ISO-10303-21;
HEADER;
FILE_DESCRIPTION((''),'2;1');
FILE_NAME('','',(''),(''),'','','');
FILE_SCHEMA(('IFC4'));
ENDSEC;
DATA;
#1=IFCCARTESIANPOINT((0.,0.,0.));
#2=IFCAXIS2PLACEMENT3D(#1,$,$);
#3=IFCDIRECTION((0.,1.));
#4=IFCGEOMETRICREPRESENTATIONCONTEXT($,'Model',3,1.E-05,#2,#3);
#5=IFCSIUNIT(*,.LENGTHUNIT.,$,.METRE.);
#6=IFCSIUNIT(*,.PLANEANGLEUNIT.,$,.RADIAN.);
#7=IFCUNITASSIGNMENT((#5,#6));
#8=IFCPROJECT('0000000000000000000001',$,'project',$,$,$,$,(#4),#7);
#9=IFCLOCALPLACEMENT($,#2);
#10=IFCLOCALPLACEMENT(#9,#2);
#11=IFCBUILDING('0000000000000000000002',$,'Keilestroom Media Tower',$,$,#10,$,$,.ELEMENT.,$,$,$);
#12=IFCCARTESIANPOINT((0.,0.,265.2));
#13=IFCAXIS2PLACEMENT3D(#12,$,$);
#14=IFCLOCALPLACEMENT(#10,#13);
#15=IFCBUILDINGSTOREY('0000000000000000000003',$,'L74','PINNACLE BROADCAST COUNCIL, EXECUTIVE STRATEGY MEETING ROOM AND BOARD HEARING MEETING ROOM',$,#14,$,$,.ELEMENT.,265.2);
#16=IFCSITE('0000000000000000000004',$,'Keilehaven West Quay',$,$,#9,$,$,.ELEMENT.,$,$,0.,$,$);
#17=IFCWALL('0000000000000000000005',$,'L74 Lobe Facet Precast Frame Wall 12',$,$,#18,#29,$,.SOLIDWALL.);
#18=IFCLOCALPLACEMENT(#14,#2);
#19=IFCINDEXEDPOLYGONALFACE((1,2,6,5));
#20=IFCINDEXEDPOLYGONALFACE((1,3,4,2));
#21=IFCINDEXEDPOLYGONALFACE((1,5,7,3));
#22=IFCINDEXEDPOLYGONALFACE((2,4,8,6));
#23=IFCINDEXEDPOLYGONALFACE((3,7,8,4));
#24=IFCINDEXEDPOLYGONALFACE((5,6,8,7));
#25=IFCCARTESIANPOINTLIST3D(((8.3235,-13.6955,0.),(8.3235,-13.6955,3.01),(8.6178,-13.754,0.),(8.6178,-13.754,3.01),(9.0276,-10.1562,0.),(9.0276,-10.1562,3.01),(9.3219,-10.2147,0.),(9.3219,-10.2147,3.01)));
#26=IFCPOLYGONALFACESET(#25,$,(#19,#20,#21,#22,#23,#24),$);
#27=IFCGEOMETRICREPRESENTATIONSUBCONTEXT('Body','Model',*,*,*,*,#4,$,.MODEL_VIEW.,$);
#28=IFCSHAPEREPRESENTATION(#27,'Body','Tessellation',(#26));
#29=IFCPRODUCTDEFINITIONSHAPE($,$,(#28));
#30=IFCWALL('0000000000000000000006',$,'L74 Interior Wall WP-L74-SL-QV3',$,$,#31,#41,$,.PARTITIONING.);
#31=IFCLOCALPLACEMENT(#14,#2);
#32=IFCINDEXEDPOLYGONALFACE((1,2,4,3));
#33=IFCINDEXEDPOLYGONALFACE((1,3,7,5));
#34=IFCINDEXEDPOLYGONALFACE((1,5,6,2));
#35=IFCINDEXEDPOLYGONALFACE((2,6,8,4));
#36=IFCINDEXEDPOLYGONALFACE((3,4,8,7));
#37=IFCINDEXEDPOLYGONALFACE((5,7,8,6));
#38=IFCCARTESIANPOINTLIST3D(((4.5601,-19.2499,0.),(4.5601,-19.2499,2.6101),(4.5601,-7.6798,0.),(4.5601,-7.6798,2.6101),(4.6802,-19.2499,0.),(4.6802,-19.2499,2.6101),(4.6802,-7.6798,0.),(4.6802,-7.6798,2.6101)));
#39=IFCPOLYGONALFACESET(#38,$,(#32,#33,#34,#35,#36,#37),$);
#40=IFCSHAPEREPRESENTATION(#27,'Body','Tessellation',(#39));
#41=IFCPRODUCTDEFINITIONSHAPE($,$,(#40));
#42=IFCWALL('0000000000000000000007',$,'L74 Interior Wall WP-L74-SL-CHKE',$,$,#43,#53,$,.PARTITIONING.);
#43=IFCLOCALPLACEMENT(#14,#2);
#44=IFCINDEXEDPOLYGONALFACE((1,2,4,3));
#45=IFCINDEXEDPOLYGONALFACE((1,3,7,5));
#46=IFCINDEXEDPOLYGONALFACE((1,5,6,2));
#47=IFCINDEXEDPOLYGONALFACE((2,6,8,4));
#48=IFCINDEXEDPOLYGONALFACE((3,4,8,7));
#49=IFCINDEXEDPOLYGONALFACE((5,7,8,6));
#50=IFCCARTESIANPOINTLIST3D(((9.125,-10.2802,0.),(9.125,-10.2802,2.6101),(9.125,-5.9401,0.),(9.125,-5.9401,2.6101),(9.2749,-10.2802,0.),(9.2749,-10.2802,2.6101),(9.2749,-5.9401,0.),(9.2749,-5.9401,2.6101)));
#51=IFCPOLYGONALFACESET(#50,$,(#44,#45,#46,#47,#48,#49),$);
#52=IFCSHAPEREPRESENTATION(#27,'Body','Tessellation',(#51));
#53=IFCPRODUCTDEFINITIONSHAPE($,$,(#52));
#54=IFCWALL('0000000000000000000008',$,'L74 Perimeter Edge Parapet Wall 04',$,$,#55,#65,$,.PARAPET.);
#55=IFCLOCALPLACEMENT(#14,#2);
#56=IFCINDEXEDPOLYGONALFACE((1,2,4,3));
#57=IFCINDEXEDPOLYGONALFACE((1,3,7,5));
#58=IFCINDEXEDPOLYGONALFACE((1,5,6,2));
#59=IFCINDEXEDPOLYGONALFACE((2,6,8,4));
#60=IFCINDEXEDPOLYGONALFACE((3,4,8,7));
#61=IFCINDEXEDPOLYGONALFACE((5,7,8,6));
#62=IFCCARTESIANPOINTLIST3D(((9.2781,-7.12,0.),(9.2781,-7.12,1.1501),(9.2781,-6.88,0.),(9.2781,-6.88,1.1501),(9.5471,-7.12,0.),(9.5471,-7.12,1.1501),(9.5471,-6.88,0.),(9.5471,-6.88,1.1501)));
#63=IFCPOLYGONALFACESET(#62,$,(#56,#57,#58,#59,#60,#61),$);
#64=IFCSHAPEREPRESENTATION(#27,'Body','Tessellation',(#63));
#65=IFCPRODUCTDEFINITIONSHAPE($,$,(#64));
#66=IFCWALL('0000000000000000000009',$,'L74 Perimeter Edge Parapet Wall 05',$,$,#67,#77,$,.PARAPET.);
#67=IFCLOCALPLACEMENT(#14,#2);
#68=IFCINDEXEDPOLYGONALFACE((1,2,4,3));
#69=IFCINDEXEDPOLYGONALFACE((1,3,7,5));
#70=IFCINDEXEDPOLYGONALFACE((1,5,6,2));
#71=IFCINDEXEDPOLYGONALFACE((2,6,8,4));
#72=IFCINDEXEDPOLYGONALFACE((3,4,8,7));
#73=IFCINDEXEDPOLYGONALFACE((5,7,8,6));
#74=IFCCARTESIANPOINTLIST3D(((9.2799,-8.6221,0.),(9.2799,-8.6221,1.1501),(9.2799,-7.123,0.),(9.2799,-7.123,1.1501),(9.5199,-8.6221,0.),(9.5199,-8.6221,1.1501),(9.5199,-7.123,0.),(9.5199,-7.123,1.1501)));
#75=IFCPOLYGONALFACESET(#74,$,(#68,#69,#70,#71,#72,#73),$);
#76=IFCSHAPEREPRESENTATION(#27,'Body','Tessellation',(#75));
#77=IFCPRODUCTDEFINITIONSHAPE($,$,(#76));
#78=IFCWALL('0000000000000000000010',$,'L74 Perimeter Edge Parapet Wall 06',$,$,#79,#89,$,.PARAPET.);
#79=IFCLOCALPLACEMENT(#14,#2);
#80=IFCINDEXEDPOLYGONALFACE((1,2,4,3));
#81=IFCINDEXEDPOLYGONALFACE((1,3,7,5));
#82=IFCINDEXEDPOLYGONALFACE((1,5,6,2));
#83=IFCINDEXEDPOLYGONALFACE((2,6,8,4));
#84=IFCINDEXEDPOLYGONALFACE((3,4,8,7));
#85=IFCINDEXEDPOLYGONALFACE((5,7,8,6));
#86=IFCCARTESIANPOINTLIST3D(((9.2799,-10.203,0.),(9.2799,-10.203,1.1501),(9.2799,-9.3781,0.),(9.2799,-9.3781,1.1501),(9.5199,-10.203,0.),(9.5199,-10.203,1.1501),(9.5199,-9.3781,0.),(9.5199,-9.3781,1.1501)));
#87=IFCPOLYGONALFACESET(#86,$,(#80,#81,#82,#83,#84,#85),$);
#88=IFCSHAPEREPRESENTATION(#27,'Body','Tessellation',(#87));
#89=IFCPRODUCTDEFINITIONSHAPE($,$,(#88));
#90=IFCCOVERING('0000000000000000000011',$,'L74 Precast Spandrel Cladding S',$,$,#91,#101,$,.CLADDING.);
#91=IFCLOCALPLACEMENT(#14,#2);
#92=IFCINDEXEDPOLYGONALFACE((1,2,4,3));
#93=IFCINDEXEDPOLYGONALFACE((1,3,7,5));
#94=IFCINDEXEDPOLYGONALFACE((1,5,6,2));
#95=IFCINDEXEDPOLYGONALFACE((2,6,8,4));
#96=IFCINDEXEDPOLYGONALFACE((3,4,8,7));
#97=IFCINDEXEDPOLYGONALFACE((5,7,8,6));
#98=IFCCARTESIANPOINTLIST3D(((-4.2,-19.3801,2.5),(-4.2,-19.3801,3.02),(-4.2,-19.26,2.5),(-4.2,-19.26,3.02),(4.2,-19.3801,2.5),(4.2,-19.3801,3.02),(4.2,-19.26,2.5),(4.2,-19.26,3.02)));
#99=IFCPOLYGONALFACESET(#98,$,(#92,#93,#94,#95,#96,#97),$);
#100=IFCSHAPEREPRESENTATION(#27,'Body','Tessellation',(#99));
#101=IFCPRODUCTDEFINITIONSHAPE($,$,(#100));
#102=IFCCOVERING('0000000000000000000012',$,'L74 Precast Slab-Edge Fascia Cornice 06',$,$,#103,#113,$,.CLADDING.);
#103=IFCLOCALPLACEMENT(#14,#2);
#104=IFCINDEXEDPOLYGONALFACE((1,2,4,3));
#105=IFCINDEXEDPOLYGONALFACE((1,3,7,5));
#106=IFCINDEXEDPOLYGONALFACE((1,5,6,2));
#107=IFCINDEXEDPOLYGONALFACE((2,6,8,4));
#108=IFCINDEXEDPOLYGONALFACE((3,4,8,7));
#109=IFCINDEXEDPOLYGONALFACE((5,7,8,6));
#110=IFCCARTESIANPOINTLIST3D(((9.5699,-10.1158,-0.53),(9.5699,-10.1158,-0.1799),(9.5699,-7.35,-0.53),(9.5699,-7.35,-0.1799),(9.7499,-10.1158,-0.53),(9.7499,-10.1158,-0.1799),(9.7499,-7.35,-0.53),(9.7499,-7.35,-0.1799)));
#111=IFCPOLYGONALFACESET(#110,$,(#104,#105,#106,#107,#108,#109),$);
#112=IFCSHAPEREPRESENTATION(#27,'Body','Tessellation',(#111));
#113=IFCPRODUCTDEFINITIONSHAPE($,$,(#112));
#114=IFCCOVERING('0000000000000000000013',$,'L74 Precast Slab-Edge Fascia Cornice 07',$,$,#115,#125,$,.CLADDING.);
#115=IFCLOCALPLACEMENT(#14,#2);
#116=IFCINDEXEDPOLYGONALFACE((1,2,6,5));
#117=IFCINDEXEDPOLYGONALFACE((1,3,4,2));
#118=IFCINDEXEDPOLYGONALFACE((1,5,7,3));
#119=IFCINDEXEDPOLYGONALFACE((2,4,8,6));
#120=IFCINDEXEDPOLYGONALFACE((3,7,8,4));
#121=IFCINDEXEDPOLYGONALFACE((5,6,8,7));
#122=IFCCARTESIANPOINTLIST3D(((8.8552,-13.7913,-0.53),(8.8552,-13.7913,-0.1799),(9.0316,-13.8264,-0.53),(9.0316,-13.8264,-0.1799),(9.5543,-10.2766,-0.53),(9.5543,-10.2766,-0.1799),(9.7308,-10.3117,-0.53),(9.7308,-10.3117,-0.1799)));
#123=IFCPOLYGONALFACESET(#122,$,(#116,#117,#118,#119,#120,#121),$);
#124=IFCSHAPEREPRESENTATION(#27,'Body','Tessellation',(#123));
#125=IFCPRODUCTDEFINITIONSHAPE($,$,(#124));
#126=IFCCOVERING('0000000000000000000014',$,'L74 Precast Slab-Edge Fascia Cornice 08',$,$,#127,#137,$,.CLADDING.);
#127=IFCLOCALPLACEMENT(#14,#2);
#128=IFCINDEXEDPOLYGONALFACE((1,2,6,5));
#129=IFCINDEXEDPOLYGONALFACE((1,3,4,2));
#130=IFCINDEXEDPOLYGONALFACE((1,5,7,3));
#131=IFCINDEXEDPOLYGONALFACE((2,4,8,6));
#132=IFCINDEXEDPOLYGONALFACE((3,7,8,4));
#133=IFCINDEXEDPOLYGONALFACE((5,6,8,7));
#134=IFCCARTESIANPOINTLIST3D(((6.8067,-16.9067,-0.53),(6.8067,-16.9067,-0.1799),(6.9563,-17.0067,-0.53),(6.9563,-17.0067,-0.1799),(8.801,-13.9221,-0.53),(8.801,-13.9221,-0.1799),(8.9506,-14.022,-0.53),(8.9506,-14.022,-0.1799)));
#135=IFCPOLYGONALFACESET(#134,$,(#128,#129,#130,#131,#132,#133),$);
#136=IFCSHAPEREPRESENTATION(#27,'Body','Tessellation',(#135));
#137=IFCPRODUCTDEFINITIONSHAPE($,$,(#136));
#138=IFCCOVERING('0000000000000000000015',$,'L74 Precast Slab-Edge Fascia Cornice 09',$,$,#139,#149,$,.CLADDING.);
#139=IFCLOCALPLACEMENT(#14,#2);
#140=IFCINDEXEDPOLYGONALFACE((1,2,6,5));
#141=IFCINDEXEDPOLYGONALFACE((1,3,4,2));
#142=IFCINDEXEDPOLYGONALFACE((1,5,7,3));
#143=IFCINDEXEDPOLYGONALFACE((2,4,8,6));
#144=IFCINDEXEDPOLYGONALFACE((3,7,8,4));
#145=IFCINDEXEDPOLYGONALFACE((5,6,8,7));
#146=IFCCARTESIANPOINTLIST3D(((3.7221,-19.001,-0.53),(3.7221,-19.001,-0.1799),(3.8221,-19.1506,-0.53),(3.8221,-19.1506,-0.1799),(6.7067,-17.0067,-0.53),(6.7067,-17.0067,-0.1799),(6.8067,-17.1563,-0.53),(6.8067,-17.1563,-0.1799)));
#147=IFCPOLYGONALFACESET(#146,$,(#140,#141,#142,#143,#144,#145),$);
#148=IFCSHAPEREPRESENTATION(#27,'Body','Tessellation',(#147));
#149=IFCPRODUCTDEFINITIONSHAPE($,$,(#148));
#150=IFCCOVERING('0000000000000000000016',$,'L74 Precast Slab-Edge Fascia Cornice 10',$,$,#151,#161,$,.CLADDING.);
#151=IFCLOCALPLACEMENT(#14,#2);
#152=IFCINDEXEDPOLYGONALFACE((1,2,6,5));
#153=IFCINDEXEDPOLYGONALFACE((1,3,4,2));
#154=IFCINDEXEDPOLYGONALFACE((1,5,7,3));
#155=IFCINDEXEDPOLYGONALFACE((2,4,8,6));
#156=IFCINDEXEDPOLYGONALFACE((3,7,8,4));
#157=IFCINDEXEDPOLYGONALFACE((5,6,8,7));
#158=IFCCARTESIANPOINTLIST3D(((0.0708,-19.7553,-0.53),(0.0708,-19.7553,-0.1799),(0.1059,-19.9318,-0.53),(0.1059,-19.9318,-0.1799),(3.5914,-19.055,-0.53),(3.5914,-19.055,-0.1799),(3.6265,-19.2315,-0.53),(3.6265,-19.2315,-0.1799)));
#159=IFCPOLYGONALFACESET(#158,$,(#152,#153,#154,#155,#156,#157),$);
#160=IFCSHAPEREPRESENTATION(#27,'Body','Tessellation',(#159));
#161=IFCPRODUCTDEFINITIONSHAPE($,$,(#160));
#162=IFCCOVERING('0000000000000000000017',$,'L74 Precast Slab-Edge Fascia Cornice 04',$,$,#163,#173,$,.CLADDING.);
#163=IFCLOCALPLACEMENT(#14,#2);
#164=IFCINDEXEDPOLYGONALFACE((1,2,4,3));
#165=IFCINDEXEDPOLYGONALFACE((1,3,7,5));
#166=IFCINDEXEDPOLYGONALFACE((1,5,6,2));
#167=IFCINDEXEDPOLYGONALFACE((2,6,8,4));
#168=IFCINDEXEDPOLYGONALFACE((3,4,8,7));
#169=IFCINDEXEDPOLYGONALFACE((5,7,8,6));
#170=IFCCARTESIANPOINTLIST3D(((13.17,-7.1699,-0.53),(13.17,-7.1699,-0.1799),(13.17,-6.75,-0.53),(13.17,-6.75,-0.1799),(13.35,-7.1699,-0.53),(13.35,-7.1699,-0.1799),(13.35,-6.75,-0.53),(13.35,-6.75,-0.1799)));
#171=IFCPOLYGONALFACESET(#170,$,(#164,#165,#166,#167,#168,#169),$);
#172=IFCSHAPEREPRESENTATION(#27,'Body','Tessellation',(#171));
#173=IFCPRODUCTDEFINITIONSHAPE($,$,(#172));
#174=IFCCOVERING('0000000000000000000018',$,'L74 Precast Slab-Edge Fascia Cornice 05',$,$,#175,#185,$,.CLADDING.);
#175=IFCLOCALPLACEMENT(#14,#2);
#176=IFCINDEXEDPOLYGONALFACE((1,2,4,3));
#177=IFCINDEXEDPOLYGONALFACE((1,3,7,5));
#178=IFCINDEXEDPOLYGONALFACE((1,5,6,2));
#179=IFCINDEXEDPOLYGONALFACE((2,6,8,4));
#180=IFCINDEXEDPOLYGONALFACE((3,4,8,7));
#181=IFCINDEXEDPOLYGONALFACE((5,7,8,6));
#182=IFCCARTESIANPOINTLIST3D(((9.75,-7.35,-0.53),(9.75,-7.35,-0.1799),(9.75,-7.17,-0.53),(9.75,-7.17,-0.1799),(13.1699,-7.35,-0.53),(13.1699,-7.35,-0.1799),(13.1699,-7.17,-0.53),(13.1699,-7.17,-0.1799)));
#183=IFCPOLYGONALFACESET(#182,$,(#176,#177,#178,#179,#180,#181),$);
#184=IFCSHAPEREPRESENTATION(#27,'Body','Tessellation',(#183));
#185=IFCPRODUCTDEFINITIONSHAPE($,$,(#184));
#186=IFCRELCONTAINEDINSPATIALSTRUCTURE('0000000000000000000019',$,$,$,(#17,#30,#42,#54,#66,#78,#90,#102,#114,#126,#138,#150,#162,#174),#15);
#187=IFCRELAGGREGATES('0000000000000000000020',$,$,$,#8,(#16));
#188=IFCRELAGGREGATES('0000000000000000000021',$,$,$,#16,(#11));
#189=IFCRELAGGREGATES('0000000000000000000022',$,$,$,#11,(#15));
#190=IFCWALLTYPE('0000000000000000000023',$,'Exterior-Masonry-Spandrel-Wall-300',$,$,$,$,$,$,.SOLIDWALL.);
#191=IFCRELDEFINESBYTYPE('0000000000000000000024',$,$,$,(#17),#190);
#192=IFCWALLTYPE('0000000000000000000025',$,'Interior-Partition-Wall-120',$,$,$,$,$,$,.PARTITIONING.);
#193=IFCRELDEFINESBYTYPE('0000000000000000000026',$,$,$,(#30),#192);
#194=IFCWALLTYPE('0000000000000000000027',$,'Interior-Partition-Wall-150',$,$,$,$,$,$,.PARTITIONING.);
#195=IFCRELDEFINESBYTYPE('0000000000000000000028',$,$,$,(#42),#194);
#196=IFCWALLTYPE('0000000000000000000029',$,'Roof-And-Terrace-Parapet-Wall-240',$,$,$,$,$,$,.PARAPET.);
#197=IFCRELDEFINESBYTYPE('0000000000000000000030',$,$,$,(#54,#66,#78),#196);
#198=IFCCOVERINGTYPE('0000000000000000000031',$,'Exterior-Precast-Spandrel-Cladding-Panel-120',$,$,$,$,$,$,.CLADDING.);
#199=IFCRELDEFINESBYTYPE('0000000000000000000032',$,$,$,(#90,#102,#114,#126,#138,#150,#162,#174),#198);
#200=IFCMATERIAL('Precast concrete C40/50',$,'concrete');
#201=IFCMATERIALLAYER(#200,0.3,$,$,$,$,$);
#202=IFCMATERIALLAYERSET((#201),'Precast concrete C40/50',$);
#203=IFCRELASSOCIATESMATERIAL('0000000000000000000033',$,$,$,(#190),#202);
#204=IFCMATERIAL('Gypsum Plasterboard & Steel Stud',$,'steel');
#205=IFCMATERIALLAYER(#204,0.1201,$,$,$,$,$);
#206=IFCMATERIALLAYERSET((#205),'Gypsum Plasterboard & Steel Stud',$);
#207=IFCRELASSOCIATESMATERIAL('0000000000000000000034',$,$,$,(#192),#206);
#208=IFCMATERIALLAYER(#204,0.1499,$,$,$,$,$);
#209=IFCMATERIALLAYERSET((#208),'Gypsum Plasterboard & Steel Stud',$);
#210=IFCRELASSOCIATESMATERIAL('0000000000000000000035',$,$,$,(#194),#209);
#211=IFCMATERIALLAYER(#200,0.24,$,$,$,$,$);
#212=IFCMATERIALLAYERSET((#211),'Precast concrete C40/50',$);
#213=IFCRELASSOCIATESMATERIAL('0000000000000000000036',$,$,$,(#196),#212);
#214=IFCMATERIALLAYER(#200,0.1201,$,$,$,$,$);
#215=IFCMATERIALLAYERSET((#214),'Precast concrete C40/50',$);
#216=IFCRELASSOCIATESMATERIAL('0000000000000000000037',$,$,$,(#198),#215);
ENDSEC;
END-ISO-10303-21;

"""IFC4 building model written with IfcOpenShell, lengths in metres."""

from ifc_helpers import new_model, si_unit, direction, frame, frame_2d, origin, origin_2d, place, context, subcontext, project, spatial, rectangle, extrude, source, transform, mapped, material, layer, layer_set, type_object, element, save


model = new_model("IFC4")

# Units and contexts
model_context = context("Model", 3, precision=1e-05, world=origin(), true_north=direction((0.0, 1.0)))
body_context = subcontext(model_context, "Body", "Model", "MODEL_VIEW")
ifc_project = project(units=[si_unit("LENGTHUNIT", "METRE"), si_unit("PLANEANGLEUNIT", "RADIAN")], contexts=[model_context])

# Site, building, storey
site_placement = place(None, origin())
site = spatial("IfcSite", under=ifc_project, at=site_placement, Name="Keilehaven West Quay", CompositionType="ELEMENT", RefElevation=0.0)
building_placement = place(site_placement, origin())
building = spatial("IfcBuilding", under=site, at=building_placement, Name="Keilestroom Media Tower", CompositionType="ELEMENT")
storey_placement = place(building_placement, frame((0.0, 0.0, 265.2)))
storey = spatial("IfcBuildingStorey", under=building, at=storey_placement, Name="L74", Description="PINNACLE BROADCAST COUNCIL, EXECUTIVE STRATEGY MEETING ROOM AND BOARD HEARING MEETING ROOM", CompositionType="ELEMENT", Elevation=265.2)

# Walls
ifc_material_1 = material(Name="Precast concrete C40/50", Category="concrete")
ifc_layer_1 = layer(ifc_material_1, 0.3)
ifc_layer_set_1 = layer_set([ifc_layer_1], Name="Precast concrete C40/50")
wall_type_1 = type_object("IfcWallType", Name="Exterior-Masonry-Spandrel-Wall-300", PredefinedType="SOLIDWALL", material=ifc_layer_set_1)
wall_1_placement = place(storey_placement, frame((8.4707, -13.7246, 0.0), z_axis=(0.0, 0.0, 1.0), x_axis=(0.195114, 0.980781, 0.0)))
element("IfcWall", 1, at=wall_1_placement, inside=storey, type_object=wall_type_1, Name="L74 Lobe Facet Precast Frame Wall 12", PredefinedType="SOLIDWALL", context=body_context, shape_type="SweptSolid", body=[
    extrude(rectangle(XDim=3.6086, YDim=0.3, at=frame_2d((1.8042, 0.0))), origin(), (0.0, 0.0, 1.0), 3.01),
])
ifc_material_2 = material(Name="Gypsum Plasterboard & Steel Stud", Category="steel")
ifc_layer_2 = layer(ifc_material_2, 0.1201)
ifc_layer_set_2 = layer_set([ifc_layer_2], Name="Gypsum Plasterboard & Steel Stud")
wall_type_2 = type_object("IfcWallType", Name="Interior-Partition-Wall-120", PredefinedType="PARTITIONING", material=ifc_layer_set_2)
wall_2_placement = place(storey_placement, frame((4.6201, -19.25, 0.0), z_axis=(0.0, 0.0, 1.0), x_axis=(0.0, 1.0, 0.0)))
element("IfcWall", 2, at=wall_2_placement, inside=storey, type_object=wall_type_2, Name="L74 Interior Wall WP-L74-SL-QV3", PredefinedType="PARTITIONING", context=body_context, shape_type="SweptSolid", body=[
    extrude(rectangle(XDim=11.5701, YDim=0.1201, at=frame_2d((5.7852, 0.0))), origin(), (0.0, 0.0, 1.0), 2.6101),
])
ifc_layer_3 = layer(ifc_material_2, 0.1499)
ifc_layer_set_3 = layer_set([ifc_layer_3], Name="Gypsum Plasterboard & Steel Stud")
wall_type_3 = type_object("IfcWallType", Name="Interior-Partition-Wall-150", PredefinedType="PARTITIONING", material=ifc_layer_set_3)
wall_3_placement = place(storey_placement, frame((9.2, -10.28, 0.0), z_axis=(0.0, 0.0, 1.0), x_axis=(0.0, 1.0, 0.0)))
element("IfcWall", 3, at=wall_3_placement, inside=storey, type_object=wall_type_3, Name="L74 Interior Wall WP-L74-SL-CHKE", PredefinedType="PARTITIONING", context=body_context, shape_type="SweptSolid", body=[
    extrude(rectangle(XDim=4.3401, YDim=0.1499, at=frame_2d((2.1699, 0.0))), origin(), (0.0, 0.0, 1.0), 2.6101),
])
ifc_layer_4 = layer(ifc_material_1, 0.24)
ifc_layer_set_4 = layer_set([ifc_layer_4], Name="Precast concrete C40/50")
wall_type_4 = type_object("IfcWallType", Name="Roof-And-Terrace-Parapet-Wall-240", PredefinedType="PARAPET", material=ifc_layer_set_4)
wall_4_placement = place(storey_placement, frame((9.5471, -7.0, 0.0), z_axis=(0.0, 0.0, 1.0), x_axis=(-1.0, 0.0, 0.0)))
element("IfcWall", 4, at=wall_4_placement, inside=storey, type_object=wall_type_4, Name="L74 Perimeter Edge Parapet Wall 04", PredefinedType="PARAPET", context=body_context, shape_type="SweptSolid", body=[
    extrude(rectangle(XDim=0.269, YDim=0.24, at=frame_2d((0.1345, 0.0))), origin(), (0.0, 0.0, 1.0), 1.1501),
])
wall_5_placement = place(storey_placement, frame((9.3999, -7.123, 0.0), z_axis=(0.0, 0.0, 1.0), x_axis=(0.0, -1.0, 0.0)))
element("IfcWall", 5, at=wall_5_placement, inside=storey, type_object=wall_type_4, Name="L74 Perimeter Edge Parapet Wall 05", PredefinedType="PARAPET", context=body_context, shape_type="SweptSolid", body=[
    extrude(rectangle(XDim=1.499, YDim=0.24, at=frame_2d((0.7495, 0.0))), origin(), (0.0, 0.0, 1.0), 1.1501),
])
wall_6_placement = place(storey_placement, frame((9.3999, -9.3779, 0.0), z_axis=(0.0, 0.0, 1.0), x_axis=(0.0, -1.0, 0.0)))
element("IfcWall", 6, at=wall_6_placement, inside=storey, type_object=wall_type_4, Name="L74 Perimeter Edge Parapet Wall 06", PredefinedType="PARAPET", context=body_context, shape_type="SweptSolid", body=[
    extrude(rectangle(XDim=0.825, YDim=0.24, at=frame_2d((0.4126, 0.0))), origin(), (0.0, 0.0, 1.0), 1.1501),
])

# Coverings
ifc_layer_5 = layer(ifc_material_1, 0.1201)
ifc_layer_set_5 = layer_set([ifc_layer_5], Name="Precast concrete C40/50")
covering_type_1 = type_object("IfcCoveringType", Name="Exterior-Precast-Spandrel-Cladding-Panel-120", PredefinedType="CLADDING", material=ifc_layer_set_5)
shared_shape_1 = source(origin(), body_context, "Body", "SweptSolid", [
    extrude(rectangle(XDim=8.3999, YDim=0.1201, at=origin_2d()), origin(), (0.0, 0.0, 1.0), 0.52),
])
covering_1_placement = place(storey_placement, frame((0.0, -19.3201, 2.5), z_axis=(0.0, 0.0, 1.0), x_axis=(1.0, 0.0, 0.0)))
element("IfcCovering", 7, at=covering_1_placement, inside=storey, type_object=covering_type_1, Name="L74 Precast Spandrel Cladding S", PredefinedType="CLADDING", context=body_context, shape_type="MappedRepresentation", body=[
    mapped(shared_shape_1, transform((0.0, 0.0, 0.0), x_axis=(1.0, 0.0, 0.0), y_axis=(0.0, 1.0, 0.0), z_axis=(0.0, 0.0, 1.0), scale=1.0)),
])
shared_shape_2 = source(origin(), body_context, "Body", "SweptSolid", [
    extrude(rectangle(XDim=2.7659, YDim=0.1799, at=origin_2d()), origin(), (0.0, 0.0, 1.0), 0.3501),
])
covering_2_placement = place(storey_placement, frame((9.6599, -8.7329, -0.53), z_axis=(0.0, 0.0, 1.0), x_axis=(0.0, -1.0, 0.0)))
element("IfcCovering", 8, at=covering_2_placement, inside=storey, type_object=covering_type_1, Name="L74 Precast Slab-Edge Fascia Cornice 06", PredefinedType="CLADDING", context=body_context, shape_type="MappedRepresentation", body=[
    mapped(shared_shape_2, transform((0.0, 0.0, 0.0), x_axis=(1.0, 0.0, 0.0), y_axis=(0.0, 1.0, 0.0), z_axis=(0.0, 0.0, 1.0), scale=1.0)),
])
shared_shape_3 = source(origin(), body_context, "Body", "SweptSolid", [
    extrude(rectangle(XDim=3.5835, YDim=0.1799, at=origin_2d()), origin(), (0.0, 0.0, 1.0), 0.3501),
])
covering_3_placement = place(storey_placement, frame((9.293, -12.0515, -0.53), z_axis=(0.0, 0.0, 1.0), x_axis=(-0.195099, -0.980784, 0.0)))
element("IfcCovering", 9, at=covering_3_placement, inside=storey, type_object=covering_type_1, Name="L74 Precast Slab-Edge Fascia Cornice 07", PredefinedType="CLADDING", context=body_context, shape_type="MappedRepresentation", body=[
    mapped(shared_shape_3, transform((0.0, 0.0, 0.0), x_axis=(1.0, 0.0, 0.0), y_axis=(0.0, 1.0, 0.0), z_axis=(0.0, 0.0, 1.0), scale=1.0)),
])
shared_shape_4 = source(origin(), body_context, "Body", "SweptSolid", [
    extrude(rectangle(XDim=3.5896, YDim=0.1799, at=origin_2d()), origin(), (0.0, 0.0, 1.0), 0.3501),
])
for number, where, z_axis, x_axis, name in (
    (10, (7.8787, -15.4644, -0.53), (0.0, 0.0, 1.0), (-0.555575, -0.831467, 0.0), "L74 Precast Slab-Edge Fascia Cornice 08"),
    (11, (5.2644, -18.0786, -0.53), (0.0, 0.0, 1.0), (-0.831467, -0.555575, 0.0), "L74 Precast Slab-Edge Fascia Cornice 09"),
    (12, (1.8486, -19.4934, -0.53), (0.0, 0.0, 1.0), (-0.980784, -0.195099, 0.0), "L74 Precast Slab-Edge Fascia Cornice 10"),
):
    element("IfcCovering", number, at=place(storey_placement, frame(where, z_axis=z_axis, x_axis=x_axis)), inside=storey, type_object=covering_type_1, Name=name, PredefinedType="CLADDING", context=body_context, shape_type="MappedRepresentation", body=[
        mapped(shared_shape_4, transform((0.0, 0.0, 0.0), x_axis=(1.0, 0.0, 0.0), y_axis=(0.0, 1.0, 0.0), z_axis=(0.0, 0.0, 1.0), scale=1.0)),
    ])
shared_shape_5 = source(origin(), body_context, "Body", "SweptSolid", [
    extrude(rectangle(XDim=0.4199, YDim=0.1799, at=origin_2d()), origin(), (0.0, 0.0, 1.0), 0.3501),
])
covering_4_placement = place(storey_placement, frame((13.26, -6.96, -0.53), z_axis=(0.0, 0.0, 1.0), x_axis=(0.0, -1.0, 0.0)))
element("IfcCovering", 13, at=covering_4_placement, inside=storey, type_object=covering_type_1, Name="L74 Precast Slab-Edge Fascia Cornice 04", PredefinedType="CLADDING", context=body_context, shape_type="MappedRepresentation", body=[
    mapped(shared_shape_5, transform((0.0, 0.0, 0.0), x_axis=(1.0, 0.0, 0.0), y_axis=(0.0, 1.0, 0.0), z_axis=(0.0, 0.0, 1.0), scale=1.0)),
])
shared_shape_6 = source(origin(), body_context, "Body", "SweptSolid", [
    extrude(rectangle(XDim=3.4199, YDim=0.1799, at=origin_2d()), origin(), (0.0, 0.0, 1.0), 0.3501),
])
covering_5_placement = place(storey_placement, frame((11.46, -7.26, -0.53), z_axis=(0.0, 0.0, 1.0), x_axis=(-1.0, 0.0, 0.0)))
element("IfcCovering", 14, at=covering_5_placement, inside=storey, type_object=covering_type_1, Name="L74 Precast Slab-Edge Fascia Cornice 05", PredefinedType="CLADDING", context=body_context, shape_type="MappedRepresentation", body=[
    mapped(shared_shape_6, transform((0.0, 0.0, 0.0), x_axis=(1.0, 0.0, 0.0), y_axis=(0.0, 1.0, 0.0), z_axis=(0.0, 0.0, 1.0), scale=1.0)),
])

save(model, "model.ifc")
